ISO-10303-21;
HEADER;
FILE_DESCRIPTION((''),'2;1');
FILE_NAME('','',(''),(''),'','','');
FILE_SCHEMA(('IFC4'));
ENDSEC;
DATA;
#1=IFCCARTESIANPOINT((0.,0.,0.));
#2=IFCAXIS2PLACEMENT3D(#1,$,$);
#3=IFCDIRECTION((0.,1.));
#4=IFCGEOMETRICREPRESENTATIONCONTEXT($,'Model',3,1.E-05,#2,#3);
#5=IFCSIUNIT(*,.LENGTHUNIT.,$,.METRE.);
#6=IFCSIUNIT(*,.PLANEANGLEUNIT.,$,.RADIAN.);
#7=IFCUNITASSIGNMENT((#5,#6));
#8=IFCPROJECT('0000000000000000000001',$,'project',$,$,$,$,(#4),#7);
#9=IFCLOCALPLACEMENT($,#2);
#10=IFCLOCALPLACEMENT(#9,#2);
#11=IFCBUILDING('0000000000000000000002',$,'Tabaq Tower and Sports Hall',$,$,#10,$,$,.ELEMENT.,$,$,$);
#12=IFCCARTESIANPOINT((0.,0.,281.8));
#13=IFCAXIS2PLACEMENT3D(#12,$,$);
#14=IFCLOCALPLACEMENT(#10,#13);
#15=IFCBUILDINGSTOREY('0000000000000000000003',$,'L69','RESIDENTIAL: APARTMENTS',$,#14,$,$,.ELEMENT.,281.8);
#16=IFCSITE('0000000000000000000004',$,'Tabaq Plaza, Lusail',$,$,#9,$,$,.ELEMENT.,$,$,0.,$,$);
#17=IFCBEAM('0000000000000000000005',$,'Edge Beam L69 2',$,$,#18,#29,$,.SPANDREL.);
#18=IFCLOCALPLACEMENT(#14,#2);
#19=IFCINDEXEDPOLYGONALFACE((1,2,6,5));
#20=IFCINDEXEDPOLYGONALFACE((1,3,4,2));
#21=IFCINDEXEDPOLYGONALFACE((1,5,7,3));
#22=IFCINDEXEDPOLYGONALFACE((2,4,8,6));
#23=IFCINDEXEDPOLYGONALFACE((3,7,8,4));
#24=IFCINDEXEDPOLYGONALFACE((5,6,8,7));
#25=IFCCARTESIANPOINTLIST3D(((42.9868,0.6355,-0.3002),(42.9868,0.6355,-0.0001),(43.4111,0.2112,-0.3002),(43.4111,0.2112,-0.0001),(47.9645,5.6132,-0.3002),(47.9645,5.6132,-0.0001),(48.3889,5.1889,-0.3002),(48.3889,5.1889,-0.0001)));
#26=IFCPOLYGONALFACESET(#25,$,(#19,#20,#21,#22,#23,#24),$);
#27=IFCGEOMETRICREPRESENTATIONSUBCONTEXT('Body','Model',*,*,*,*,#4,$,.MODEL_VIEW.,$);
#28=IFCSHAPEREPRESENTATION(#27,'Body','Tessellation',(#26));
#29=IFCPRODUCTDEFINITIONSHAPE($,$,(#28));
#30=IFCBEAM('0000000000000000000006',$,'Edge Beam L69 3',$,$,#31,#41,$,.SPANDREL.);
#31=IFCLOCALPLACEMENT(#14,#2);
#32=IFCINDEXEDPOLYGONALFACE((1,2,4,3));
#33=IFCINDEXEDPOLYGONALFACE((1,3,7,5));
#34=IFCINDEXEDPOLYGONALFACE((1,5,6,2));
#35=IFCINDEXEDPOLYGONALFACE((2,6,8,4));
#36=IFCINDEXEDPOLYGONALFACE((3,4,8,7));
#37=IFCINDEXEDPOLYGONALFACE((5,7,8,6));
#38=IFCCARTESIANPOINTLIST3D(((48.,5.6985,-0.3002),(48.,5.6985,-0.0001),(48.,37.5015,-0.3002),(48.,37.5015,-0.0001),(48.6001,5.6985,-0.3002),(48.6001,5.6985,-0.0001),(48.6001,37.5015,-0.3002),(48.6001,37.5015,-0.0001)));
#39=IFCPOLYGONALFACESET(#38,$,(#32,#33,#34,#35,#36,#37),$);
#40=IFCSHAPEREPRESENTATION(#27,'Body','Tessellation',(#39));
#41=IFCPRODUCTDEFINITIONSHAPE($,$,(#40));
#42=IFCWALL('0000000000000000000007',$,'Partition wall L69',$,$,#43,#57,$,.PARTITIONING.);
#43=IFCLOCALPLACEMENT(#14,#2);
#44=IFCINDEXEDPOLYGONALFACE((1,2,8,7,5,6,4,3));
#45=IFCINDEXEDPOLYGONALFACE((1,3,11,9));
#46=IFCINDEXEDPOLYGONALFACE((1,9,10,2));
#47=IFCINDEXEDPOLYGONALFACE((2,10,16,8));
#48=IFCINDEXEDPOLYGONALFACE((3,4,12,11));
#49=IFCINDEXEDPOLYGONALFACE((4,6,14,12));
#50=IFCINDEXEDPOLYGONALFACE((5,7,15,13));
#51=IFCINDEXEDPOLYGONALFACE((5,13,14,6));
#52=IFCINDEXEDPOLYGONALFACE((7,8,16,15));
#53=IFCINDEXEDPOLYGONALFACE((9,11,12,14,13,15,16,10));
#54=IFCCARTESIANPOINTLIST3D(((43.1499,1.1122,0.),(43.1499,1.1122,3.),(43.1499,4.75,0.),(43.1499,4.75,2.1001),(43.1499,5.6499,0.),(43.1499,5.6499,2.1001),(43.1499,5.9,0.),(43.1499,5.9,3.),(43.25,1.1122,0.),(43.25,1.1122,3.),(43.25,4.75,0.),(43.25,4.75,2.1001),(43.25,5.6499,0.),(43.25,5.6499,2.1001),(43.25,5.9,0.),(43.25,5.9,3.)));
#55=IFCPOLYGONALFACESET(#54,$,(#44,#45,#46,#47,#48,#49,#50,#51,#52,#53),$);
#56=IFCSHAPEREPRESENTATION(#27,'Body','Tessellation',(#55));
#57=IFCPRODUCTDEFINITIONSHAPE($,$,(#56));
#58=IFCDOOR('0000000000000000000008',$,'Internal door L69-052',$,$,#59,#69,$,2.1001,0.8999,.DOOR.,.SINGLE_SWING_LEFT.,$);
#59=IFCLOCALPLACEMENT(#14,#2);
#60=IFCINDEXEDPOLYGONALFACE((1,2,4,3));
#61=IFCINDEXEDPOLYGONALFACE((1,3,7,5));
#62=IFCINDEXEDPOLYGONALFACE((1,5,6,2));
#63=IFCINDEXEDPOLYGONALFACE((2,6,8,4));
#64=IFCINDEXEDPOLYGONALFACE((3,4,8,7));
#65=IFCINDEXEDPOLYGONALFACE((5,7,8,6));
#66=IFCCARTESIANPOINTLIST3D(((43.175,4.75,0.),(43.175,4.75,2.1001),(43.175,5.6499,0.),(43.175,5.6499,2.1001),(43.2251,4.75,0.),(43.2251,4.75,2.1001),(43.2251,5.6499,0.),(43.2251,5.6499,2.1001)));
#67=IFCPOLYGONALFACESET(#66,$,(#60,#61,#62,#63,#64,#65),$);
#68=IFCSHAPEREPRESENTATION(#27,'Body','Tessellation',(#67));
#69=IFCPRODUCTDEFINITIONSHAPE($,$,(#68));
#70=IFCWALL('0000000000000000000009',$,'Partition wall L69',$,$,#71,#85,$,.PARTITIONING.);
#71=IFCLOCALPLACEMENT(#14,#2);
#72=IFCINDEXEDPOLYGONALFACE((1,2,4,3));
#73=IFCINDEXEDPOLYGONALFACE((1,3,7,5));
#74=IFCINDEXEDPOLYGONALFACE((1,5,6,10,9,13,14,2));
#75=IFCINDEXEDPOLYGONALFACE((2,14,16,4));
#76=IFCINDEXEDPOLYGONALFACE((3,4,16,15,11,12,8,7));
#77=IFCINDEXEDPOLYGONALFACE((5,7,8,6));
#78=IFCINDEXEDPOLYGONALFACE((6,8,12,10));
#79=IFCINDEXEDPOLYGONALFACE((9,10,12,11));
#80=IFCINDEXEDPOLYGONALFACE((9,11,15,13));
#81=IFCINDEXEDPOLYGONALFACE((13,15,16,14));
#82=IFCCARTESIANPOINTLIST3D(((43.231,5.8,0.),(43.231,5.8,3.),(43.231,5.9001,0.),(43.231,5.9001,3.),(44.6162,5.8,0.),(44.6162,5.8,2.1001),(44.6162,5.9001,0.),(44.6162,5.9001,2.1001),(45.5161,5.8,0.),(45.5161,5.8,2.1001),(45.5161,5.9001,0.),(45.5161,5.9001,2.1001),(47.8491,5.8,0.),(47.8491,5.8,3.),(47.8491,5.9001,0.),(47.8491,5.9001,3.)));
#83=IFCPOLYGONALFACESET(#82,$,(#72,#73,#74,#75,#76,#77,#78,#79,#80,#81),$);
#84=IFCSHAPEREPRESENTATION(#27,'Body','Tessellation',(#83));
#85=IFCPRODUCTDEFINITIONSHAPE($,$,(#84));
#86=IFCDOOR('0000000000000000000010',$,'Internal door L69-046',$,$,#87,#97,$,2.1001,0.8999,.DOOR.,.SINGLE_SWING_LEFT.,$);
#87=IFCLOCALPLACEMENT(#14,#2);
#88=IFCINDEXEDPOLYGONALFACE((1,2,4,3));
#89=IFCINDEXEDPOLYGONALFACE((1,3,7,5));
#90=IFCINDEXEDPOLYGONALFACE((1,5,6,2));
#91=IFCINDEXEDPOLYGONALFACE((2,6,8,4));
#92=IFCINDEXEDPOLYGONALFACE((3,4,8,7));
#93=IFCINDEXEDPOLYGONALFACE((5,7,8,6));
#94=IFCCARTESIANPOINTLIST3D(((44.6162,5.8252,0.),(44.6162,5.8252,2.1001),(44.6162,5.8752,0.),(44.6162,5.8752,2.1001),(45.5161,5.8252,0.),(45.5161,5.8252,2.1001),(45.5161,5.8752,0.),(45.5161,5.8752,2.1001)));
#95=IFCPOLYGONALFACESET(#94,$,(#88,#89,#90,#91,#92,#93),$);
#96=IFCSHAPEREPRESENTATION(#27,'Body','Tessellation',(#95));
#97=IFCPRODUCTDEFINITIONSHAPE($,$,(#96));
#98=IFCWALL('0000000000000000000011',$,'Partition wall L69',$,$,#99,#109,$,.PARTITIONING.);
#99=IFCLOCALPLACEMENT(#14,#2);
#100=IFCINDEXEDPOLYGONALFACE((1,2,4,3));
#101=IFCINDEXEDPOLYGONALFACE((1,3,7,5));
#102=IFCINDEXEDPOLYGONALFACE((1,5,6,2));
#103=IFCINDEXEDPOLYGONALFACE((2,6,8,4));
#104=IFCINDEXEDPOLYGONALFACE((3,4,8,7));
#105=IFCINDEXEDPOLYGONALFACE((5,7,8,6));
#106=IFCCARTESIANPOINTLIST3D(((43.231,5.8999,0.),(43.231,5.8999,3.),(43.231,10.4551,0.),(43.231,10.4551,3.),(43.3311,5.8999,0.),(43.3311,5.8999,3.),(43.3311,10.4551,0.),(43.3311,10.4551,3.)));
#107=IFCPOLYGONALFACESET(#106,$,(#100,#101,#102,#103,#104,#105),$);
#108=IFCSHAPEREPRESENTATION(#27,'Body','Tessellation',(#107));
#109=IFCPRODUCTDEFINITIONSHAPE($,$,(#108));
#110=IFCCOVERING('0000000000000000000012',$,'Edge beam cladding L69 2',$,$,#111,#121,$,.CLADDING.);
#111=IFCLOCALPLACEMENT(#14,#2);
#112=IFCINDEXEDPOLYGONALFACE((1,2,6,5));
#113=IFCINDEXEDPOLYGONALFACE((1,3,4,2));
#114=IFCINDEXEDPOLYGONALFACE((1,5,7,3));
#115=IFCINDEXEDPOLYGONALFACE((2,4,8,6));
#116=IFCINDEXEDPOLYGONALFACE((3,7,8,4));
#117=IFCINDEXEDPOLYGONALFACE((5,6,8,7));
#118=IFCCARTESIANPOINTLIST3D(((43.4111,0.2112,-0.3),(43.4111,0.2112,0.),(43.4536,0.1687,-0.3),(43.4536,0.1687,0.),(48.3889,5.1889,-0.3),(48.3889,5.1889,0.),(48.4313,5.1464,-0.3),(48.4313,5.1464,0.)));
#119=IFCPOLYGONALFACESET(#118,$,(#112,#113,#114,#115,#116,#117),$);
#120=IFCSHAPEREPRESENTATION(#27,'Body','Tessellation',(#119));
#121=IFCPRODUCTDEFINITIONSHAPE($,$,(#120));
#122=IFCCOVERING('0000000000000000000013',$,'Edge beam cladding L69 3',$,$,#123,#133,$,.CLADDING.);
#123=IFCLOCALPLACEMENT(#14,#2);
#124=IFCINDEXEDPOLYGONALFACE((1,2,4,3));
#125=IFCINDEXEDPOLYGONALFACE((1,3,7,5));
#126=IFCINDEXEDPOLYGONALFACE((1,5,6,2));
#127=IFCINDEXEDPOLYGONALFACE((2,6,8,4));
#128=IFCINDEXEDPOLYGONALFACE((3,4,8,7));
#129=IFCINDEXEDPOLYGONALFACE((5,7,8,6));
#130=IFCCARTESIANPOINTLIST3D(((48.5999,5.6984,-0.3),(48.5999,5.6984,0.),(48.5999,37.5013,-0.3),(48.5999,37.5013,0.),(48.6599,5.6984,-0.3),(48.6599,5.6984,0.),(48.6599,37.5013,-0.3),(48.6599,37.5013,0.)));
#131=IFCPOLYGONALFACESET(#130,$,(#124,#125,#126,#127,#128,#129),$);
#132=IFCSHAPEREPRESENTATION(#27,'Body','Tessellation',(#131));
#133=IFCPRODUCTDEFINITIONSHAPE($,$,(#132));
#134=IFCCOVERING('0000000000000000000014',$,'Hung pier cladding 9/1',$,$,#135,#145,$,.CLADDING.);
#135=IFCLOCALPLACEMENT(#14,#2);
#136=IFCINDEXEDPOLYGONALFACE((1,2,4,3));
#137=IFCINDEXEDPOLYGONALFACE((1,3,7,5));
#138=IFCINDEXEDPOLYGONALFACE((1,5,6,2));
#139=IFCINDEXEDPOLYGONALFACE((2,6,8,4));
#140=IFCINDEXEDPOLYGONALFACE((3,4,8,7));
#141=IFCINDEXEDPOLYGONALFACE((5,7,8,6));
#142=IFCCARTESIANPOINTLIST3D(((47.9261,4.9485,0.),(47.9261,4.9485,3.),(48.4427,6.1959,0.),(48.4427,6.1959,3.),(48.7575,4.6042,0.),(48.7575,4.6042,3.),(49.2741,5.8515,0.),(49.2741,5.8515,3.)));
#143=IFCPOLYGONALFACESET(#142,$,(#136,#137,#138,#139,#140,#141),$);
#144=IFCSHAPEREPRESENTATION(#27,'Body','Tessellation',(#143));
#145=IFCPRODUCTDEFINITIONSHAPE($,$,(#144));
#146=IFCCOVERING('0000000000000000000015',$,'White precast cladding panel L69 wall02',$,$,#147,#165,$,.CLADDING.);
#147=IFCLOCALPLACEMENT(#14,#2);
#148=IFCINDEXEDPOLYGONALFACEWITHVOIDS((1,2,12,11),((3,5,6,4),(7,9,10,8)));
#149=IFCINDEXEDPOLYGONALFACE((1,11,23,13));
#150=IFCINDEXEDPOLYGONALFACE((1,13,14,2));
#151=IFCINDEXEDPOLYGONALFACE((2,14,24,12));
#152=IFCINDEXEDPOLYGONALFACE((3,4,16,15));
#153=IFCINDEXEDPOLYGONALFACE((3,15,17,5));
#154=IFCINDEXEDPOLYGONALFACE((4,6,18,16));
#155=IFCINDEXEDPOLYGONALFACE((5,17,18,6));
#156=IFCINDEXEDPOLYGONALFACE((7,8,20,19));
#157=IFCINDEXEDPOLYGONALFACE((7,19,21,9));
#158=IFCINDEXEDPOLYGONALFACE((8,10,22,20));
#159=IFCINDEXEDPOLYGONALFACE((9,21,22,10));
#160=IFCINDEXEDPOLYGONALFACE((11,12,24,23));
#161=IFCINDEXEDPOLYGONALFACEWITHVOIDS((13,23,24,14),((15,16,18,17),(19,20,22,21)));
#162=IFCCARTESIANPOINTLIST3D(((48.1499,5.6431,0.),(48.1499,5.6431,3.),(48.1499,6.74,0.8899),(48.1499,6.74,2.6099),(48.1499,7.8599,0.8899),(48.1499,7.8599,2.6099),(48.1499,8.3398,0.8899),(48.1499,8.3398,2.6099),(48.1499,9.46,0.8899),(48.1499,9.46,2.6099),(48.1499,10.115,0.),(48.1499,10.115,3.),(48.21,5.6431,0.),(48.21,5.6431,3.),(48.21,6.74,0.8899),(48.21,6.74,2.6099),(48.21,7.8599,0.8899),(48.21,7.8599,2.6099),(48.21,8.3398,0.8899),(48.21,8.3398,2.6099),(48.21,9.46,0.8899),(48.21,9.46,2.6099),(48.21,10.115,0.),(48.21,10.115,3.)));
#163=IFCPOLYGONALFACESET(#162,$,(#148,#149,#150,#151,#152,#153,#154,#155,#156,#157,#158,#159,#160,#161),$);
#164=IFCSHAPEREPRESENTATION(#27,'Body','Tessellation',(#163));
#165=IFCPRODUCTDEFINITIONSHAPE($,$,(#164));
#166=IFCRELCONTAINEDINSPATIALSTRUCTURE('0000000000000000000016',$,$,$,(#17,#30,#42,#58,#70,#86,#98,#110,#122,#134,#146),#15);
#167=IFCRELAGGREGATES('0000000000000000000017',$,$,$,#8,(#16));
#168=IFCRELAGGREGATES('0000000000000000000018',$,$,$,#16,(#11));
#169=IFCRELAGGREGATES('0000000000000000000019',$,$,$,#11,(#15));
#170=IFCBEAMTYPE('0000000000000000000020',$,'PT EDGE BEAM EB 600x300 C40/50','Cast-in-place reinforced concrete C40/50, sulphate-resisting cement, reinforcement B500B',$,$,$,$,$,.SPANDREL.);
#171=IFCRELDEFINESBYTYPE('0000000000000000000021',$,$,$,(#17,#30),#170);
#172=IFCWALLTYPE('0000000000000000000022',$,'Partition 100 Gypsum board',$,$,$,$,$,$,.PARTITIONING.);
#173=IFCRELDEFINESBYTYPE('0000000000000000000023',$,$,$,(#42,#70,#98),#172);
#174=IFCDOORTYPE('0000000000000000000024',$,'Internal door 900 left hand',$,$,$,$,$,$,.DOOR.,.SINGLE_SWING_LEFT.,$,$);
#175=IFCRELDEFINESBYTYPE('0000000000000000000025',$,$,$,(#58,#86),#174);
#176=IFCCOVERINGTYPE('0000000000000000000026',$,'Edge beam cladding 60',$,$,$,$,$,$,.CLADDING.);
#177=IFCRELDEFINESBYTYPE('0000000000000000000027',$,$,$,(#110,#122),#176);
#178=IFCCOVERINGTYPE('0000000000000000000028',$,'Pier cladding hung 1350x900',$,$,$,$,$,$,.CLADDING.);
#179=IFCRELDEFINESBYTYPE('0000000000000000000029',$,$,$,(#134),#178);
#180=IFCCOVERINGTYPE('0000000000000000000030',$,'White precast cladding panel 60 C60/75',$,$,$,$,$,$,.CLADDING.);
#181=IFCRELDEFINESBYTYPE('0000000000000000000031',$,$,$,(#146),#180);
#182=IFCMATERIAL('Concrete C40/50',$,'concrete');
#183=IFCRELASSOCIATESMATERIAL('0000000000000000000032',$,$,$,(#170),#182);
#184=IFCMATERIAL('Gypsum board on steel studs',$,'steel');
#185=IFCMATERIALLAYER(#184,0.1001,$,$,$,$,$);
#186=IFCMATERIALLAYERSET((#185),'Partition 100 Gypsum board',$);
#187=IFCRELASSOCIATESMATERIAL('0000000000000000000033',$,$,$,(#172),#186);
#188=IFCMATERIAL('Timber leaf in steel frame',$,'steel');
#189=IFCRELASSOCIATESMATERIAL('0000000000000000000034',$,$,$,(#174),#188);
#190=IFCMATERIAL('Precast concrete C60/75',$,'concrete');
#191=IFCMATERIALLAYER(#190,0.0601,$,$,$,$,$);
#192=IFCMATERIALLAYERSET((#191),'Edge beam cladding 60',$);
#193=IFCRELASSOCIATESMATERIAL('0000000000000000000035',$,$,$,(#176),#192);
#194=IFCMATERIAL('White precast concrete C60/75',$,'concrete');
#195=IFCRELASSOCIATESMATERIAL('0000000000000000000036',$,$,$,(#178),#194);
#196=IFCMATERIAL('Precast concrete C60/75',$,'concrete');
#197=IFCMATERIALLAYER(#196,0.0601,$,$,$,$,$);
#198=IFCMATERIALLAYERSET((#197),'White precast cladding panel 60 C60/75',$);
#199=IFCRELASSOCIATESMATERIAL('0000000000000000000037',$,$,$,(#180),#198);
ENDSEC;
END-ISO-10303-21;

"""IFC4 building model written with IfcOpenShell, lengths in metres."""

from ifc_helpers import new_model, si_unit, direction, frame, frame_2d, origin, origin_2d, place, context, subcontext, project, spatial, polyline, rectangle, outline, extrude, material, layer, layer_set, material_profile, profile_set, type_object, element, fill, save


model = new_model("IFC4")

# Units and contexts
model_context = context("Model", 3, precision=1e-05, world=origin(), true_north=direction((0.0, 1.0)))
body_context = subcontext(model_context, "Body", "Model", "MODEL_VIEW")
ifc_project = project(units=[si_unit("LENGTHUNIT", "METRE"), si_unit("PLANEANGLEUNIT", "RADIAN")], contexts=[model_context])

# Site, building, storey
site_placement = place(None, origin())
site = spatial("IfcSite", under=ifc_project, at=site_placement, Name="Tabaq Plaza, Lusail", CompositionType="ELEMENT", RefElevation=0.0)
building_placement = place(site_placement, origin())
building = spatial("IfcBuilding", under=site, at=building_placement, Name="Tabaq Tower and Sports Hall", CompositionType="ELEMENT")
storey_placement = place(building_placement, frame((0.0, 0.0, 281.8)))
storey = spatial("IfcBuildingStorey", under=building, at=storey_placement, Name="L69", Description="RESIDENTIAL: APARTMENTS", CompositionType="ELEMENT", Elevation=281.8)

# Beams
ifc_material_1 = material(Name="Concrete C40/50", Category="concrete")
ifc_material_profile = material_profile(ifc_material_1, rectangle(XDim=0.6001, YDim=0.3, at=origin_2d()), Name="EB 600x300")
ifc_profile_set = profile_set([ifc_material_profile], Name="Concrete C40/50")
beam_type = type_object("IfcBeamType", Name="PT EDGE BEAM EB 600x300 C40/50", Description="Cast-in-place reinforced concrete C40/50, sulphate-resisting cement, reinforcement B500B", PredefinedType="SPANDREL", material=ifc_profile_set)
beam_1_placement = place(storey_placement, frame((43.199, 0.4233, -0.1501), z_axis=(0.707107, 0.707107, 0.0), x_axis=(-0.707107, 0.707107, 0.0)))
element("IfcBeam", 1, at=beam_1_placement, inside=storey, type_object=beam_type, Name="Edge Beam L69 2", PredefinedType="SPANDREL", context=body_context, shape_type="SweptSolid", body=[
    extrude(rectangle(XDim=0.6001, YDim=0.3, at=origin_2d()), origin(), (0.0, 0.0, 1.0), 7.0396),
])
beam_2_placement = place(storey_placement, frame((48.3, 5.6985, -0.1501), z_axis=(0.0, 1.0, 0.0), x_axis=(-1.0, 0.0, 0.0)))
element("IfcBeam", 2, at=beam_2_placement, inside=storey, type_object=beam_type, Name="Edge Beam L69 3", PredefinedType="SPANDREL", context=body_context, shape_type="SweptSolid", body=[
    extrude(rectangle(XDim=0.6001, YDim=0.3, at=origin_2d()), origin(), (0.0, 0.0, 1.0), 31.803),
])

# Walls, openings, doors
ifc_material_2 = material(Name="Gypsum board on steel studs", Category="steel")
ifc_layer_1 = layer(ifc_material_2, 0.1001)
ifc_layer_set_1 = layer_set([ifc_layer_1], Name="Partition 100 Gypsum board")
wall_type_1 = type_object("IfcWallType", Name="Partition 100 Gypsum board", PredefinedType="PARTITIONING", material=ifc_layer_set_1)
wall_1_placement = place(storey_placement, frame((43.2, 1.1121, 0.0), z_axis=(0.0, 0.0, 1.0), x_axis=(0.0, 1.0, 0.0)))
wall_1 = element("IfcWall", 3, at=wall_1_placement, inside=storey, type_object=wall_type_1, Name="Partition wall L69", PredefinedType="PARTITIONING", context=body_context, shape_type="SweptSolid", body=[
    extrude(rectangle(XDim=4.7878, YDim=0.1001, at=frame_2d((2.394, 0.0))), origin(), (0.0, 0.0, 1.0), 3.0),
])
opening_1_placement = place(wall_1_placement, frame((3.6379, 0.0, 0.0)))
opening_1 = element("IfcOpeningElement", 4, at=opening_1_placement, cuts=wall_1, PredefinedType="OPENING", context=body_context, shape_type="SweptSolid", body=[
    extrude(rectangle(XDim=0.8999, YDim=2.1001, at=frame_2d((0.45, 1.05))), frame((0.0, 0.05, 0.0), z_axis=(0.0, -1.0, 0.0), x_axis=(1.0, 0.0, 0.0)), (0.0, 0.0, 1.0), 0.1001),
])
ifc_material_3 = material(Name="Timber leaf in steel frame", Category="steel")
door_type = type_object("IfcDoorType", Name="Internal door 900 left hand", OperationType="SINGLE_SWING_LEFT", PredefinedType="DOOR", material=ifc_material_3)
door_1_placement = place(opening_1_placement, origin())
door_1 = element("IfcDoor", 5, at=door_1_placement, inside=storey, type_object=door_type, Name="Internal door L69-052", OperationType="SINGLE_SWING_LEFT", OverallHeight=2.1001, OverallWidth=0.8999, PredefinedType="DOOR", context=body_context, shape_type="SweptSolid", body=[
    extrude(rectangle(XDim=0.8999, YDim=2.1001, at=frame_2d((0.45, 1.05))), frame((0.0, 0.0249, 0.0), z_axis=(0.0, -1.0, 0.0), x_axis=(1.0, 0.0, 0.0)), (0.0, 0.0, 1.0), 0.05),
])
fill(opening_1, door_1)
wall_2_placement = place(storey_placement, frame((47.8491, 5.8501, 0.0), z_axis=(0.0, 0.0, 1.0), x_axis=(-1.0, 0.0, 0.0)))
wall_2 = element("IfcWall", 6, at=wall_2_placement, inside=storey, type_object=wall_type_1, Name="Partition wall L69", PredefinedType="PARTITIONING", context=body_context, shape_type="SweptSolid", body=[
    extrude(rectangle(XDim=4.6182, YDim=0.1001, at=frame_2d((2.3091, 0.0))), origin(), (0.0, 0.0, 1.0), 3.0),
])
opening_2_placement = place(wall_2_placement, frame((2.333, 0.0, 0.0)))
opening_2 = element("IfcOpeningElement", 7, at=opening_2_placement, cuts=wall_2, PredefinedType="OPENING", context=body_context, shape_type="SweptSolid", body=[
    extrude(rectangle(XDim=0.8999, YDim=2.1001, at=frame_2d((0.45, 1.05))), frame((0.0, 0.05, 0.0), z_axis=(0.0, -1.0, 0.0), x_axis=(1.0, 0.0, 0.0)), (0.0, 0.0, 1.0), 0.1001),
])
door_2_placement = place(opening_2_placement, origin())
door_2 = element("IfcDoor", 8, at=door_2_placement, inside=storey, type_object=door_type, Name="Internal door L69-046", OperationType="SINGLE_SWING_LEFT", OverallHeight=2.1001, OverallWidth=0.8999, PredefinedType="DOOR", context=body_context, shape_type="SweptSolid", body=[
    extrude(rectangle(XDim=0.8999, YDim=2.1001, at=frame_2d((0.45, 1.05))), frame((0.0, 0.0249, 0.0), z_axis=(0.0, -1.0, 0.0), x_axis=(1.0, 0.0, 0.0)), (0.0, 0.0, 1.0), 0.05),
])
fill(opening_2, door_2)

# Wall
wall_3_placement = place(storey_placement, frame((43.281, 5.8999, 0.0), z_axis=(0.0, 0.0, 1.0), x_axis=(0.0, 1.0, 0.0)))
element("IfcWall", 9, at=wall_3_placement, inside=storey, type_object=wall_type_1, Name="Partition wall L69", PredefinedType="PARTITIONING", context=body_context, shape_type="SweptSolid", body=[
    extrude(rectangle(XDim=4.5552, YDim=0.1001, at=frame_2d((2.2776, 0.0))), origin(), (0.0, 0.0, 1.0), 3.0),
])

# Coverings
ifc_material_4 = material(Name="Precast concrete C60/75", Category="concrete")
ifc_layer_2 = layer(ifc_material_4, 0.0601)
ifc_layer_set_2 = layer_set([ifc_layer_2], Name="Edge beam cladding 60")
covering_type_1 = type_object("IfcCoveringType", Name="Edge beam cladding 60", PredefinedType="CLADDING", material=ifc_layer_set_2)
covering_1_placement = place(storey_placement, frame((43.4324, 0.1899, -0.3), z_axis=(0.0, 0.0, 1.0), x_axis=(0.707107, 0.707107, 0.0)))
element("IfcCovering", 10, at=covering_1_placement, inside=storey, type_object=covering_type_1, Name="Edge beam cladding L69 2", PredefinedType="CLADDING", context=body_context, shape_type="SweptSolid", body=[
    extrude(rectangle(XDim=7.0396, YDim=0.0601, at=frame_2d((3.5198, 0.0))), origin(), (0.0, 0.0, 1.0), 0.3),
])
covering_2_placement = place(storey_placement, frame((48.6299, 5.6985, -0.3), z_axis=(0.0, 0.0, 1.0), x_axis=(0.0, 1.0, 0.0)))
element("IfcCovering", 11, at=covering_2_placement, inside=storey, type_object=covering_type_1, Name="Edge beam cladding L69 3", PredefinedType="CLADDING", context=body_context, shape_type="SweptSolid", body=[
    extrude(rectangle(XDim=31.803, YDim=0.0601, at=frame_2d((15.9014, 0.0))), origin(), (0.0, 0.0, 1.0), 0.3),
])
ifc_material_5 = material(Name="White precast concrete C60/75", Category="concrete")
covering_type_2 = type_object("IfcCoveringType", Name="Pier cladding hung 1350x900", PredefinedType="CLADDING", material=ifc_material_5)
covering_3_placement = place(storey_placement, frame((48.3418, 4.7764, 0.0), z_axis=(0.0, 0.0, 1.0), x_axis=(0.38265, 0.923893, 0.0)))
element("IfcCovering", 12, at=covering_3_placement, inside=storey, type_object=covering_type_2, Name="Hung pier cladding 9/1", PredefinedType="CLADDING", context=body_context, shape_type="SweptSolid", body=[
    extrude(rectangle(XDim=1.3501, YDim=0.8999, at=frame_2d((0.675, 0.0))), origin(), (0.0, 0.0, 1.0), 3.0),
])
ifc_material_6 = material(Name="Precast concrete C60/75", Category="concrete")
ifc_layer_3 = layer(ifc_material_6, 0.0601)
ifc_layer_set_3 = layer_set([ifc_layer_3], Name="White precast cladding panel 60 C60/75")
covering_type_3 = type_object("IfcCoveringType", Name="White precast cladding panel 60 C60/75", PredefinedType="CLADDING", material=ifc_layer_set_3)
covering_4_placement = place(storey_placement, frame((48.1799, 5.6431, 0.0), z_axis=(0.0, 0.0, 1.0), x_axis=(0.0, 1.0, 0.0)))
element("IfcCovering", 13, at=covering_4_placement, inside=storey, type_object=covering_type_3, Name="White precast cladding panel L69 wall02", PredefinedType="CLADDING", context=body_context, shape_type="SweptSolid", body=[
    extrude(outline(polyline([(0.0, 0.0), (4.4719, 0.0), (4.4719, 3.0), (0.0, 3.0), (0.0, 0.0)]), holes=[polyline([(1.0969, 2.6099), (2.2168, 2.6099), (2.2168, 0.8899), (1.0969, 0.8899), (1.0969, 2.6099)]), polyline([(2.6968, 2.6099), (3.8169, 2.6099), (3.8169, 0.8899), (2.6968, 0.8899), (2.6968, 2.6099)])]), frame((0.0, 0.03, 0.0), z_axis=(0.0, -1.0, 0.0), x_axis=(1.0, 0.0, 0.0)), (0.0, 0.0, 1.0), 0.0601),
])

save(model, "model.ifc")
